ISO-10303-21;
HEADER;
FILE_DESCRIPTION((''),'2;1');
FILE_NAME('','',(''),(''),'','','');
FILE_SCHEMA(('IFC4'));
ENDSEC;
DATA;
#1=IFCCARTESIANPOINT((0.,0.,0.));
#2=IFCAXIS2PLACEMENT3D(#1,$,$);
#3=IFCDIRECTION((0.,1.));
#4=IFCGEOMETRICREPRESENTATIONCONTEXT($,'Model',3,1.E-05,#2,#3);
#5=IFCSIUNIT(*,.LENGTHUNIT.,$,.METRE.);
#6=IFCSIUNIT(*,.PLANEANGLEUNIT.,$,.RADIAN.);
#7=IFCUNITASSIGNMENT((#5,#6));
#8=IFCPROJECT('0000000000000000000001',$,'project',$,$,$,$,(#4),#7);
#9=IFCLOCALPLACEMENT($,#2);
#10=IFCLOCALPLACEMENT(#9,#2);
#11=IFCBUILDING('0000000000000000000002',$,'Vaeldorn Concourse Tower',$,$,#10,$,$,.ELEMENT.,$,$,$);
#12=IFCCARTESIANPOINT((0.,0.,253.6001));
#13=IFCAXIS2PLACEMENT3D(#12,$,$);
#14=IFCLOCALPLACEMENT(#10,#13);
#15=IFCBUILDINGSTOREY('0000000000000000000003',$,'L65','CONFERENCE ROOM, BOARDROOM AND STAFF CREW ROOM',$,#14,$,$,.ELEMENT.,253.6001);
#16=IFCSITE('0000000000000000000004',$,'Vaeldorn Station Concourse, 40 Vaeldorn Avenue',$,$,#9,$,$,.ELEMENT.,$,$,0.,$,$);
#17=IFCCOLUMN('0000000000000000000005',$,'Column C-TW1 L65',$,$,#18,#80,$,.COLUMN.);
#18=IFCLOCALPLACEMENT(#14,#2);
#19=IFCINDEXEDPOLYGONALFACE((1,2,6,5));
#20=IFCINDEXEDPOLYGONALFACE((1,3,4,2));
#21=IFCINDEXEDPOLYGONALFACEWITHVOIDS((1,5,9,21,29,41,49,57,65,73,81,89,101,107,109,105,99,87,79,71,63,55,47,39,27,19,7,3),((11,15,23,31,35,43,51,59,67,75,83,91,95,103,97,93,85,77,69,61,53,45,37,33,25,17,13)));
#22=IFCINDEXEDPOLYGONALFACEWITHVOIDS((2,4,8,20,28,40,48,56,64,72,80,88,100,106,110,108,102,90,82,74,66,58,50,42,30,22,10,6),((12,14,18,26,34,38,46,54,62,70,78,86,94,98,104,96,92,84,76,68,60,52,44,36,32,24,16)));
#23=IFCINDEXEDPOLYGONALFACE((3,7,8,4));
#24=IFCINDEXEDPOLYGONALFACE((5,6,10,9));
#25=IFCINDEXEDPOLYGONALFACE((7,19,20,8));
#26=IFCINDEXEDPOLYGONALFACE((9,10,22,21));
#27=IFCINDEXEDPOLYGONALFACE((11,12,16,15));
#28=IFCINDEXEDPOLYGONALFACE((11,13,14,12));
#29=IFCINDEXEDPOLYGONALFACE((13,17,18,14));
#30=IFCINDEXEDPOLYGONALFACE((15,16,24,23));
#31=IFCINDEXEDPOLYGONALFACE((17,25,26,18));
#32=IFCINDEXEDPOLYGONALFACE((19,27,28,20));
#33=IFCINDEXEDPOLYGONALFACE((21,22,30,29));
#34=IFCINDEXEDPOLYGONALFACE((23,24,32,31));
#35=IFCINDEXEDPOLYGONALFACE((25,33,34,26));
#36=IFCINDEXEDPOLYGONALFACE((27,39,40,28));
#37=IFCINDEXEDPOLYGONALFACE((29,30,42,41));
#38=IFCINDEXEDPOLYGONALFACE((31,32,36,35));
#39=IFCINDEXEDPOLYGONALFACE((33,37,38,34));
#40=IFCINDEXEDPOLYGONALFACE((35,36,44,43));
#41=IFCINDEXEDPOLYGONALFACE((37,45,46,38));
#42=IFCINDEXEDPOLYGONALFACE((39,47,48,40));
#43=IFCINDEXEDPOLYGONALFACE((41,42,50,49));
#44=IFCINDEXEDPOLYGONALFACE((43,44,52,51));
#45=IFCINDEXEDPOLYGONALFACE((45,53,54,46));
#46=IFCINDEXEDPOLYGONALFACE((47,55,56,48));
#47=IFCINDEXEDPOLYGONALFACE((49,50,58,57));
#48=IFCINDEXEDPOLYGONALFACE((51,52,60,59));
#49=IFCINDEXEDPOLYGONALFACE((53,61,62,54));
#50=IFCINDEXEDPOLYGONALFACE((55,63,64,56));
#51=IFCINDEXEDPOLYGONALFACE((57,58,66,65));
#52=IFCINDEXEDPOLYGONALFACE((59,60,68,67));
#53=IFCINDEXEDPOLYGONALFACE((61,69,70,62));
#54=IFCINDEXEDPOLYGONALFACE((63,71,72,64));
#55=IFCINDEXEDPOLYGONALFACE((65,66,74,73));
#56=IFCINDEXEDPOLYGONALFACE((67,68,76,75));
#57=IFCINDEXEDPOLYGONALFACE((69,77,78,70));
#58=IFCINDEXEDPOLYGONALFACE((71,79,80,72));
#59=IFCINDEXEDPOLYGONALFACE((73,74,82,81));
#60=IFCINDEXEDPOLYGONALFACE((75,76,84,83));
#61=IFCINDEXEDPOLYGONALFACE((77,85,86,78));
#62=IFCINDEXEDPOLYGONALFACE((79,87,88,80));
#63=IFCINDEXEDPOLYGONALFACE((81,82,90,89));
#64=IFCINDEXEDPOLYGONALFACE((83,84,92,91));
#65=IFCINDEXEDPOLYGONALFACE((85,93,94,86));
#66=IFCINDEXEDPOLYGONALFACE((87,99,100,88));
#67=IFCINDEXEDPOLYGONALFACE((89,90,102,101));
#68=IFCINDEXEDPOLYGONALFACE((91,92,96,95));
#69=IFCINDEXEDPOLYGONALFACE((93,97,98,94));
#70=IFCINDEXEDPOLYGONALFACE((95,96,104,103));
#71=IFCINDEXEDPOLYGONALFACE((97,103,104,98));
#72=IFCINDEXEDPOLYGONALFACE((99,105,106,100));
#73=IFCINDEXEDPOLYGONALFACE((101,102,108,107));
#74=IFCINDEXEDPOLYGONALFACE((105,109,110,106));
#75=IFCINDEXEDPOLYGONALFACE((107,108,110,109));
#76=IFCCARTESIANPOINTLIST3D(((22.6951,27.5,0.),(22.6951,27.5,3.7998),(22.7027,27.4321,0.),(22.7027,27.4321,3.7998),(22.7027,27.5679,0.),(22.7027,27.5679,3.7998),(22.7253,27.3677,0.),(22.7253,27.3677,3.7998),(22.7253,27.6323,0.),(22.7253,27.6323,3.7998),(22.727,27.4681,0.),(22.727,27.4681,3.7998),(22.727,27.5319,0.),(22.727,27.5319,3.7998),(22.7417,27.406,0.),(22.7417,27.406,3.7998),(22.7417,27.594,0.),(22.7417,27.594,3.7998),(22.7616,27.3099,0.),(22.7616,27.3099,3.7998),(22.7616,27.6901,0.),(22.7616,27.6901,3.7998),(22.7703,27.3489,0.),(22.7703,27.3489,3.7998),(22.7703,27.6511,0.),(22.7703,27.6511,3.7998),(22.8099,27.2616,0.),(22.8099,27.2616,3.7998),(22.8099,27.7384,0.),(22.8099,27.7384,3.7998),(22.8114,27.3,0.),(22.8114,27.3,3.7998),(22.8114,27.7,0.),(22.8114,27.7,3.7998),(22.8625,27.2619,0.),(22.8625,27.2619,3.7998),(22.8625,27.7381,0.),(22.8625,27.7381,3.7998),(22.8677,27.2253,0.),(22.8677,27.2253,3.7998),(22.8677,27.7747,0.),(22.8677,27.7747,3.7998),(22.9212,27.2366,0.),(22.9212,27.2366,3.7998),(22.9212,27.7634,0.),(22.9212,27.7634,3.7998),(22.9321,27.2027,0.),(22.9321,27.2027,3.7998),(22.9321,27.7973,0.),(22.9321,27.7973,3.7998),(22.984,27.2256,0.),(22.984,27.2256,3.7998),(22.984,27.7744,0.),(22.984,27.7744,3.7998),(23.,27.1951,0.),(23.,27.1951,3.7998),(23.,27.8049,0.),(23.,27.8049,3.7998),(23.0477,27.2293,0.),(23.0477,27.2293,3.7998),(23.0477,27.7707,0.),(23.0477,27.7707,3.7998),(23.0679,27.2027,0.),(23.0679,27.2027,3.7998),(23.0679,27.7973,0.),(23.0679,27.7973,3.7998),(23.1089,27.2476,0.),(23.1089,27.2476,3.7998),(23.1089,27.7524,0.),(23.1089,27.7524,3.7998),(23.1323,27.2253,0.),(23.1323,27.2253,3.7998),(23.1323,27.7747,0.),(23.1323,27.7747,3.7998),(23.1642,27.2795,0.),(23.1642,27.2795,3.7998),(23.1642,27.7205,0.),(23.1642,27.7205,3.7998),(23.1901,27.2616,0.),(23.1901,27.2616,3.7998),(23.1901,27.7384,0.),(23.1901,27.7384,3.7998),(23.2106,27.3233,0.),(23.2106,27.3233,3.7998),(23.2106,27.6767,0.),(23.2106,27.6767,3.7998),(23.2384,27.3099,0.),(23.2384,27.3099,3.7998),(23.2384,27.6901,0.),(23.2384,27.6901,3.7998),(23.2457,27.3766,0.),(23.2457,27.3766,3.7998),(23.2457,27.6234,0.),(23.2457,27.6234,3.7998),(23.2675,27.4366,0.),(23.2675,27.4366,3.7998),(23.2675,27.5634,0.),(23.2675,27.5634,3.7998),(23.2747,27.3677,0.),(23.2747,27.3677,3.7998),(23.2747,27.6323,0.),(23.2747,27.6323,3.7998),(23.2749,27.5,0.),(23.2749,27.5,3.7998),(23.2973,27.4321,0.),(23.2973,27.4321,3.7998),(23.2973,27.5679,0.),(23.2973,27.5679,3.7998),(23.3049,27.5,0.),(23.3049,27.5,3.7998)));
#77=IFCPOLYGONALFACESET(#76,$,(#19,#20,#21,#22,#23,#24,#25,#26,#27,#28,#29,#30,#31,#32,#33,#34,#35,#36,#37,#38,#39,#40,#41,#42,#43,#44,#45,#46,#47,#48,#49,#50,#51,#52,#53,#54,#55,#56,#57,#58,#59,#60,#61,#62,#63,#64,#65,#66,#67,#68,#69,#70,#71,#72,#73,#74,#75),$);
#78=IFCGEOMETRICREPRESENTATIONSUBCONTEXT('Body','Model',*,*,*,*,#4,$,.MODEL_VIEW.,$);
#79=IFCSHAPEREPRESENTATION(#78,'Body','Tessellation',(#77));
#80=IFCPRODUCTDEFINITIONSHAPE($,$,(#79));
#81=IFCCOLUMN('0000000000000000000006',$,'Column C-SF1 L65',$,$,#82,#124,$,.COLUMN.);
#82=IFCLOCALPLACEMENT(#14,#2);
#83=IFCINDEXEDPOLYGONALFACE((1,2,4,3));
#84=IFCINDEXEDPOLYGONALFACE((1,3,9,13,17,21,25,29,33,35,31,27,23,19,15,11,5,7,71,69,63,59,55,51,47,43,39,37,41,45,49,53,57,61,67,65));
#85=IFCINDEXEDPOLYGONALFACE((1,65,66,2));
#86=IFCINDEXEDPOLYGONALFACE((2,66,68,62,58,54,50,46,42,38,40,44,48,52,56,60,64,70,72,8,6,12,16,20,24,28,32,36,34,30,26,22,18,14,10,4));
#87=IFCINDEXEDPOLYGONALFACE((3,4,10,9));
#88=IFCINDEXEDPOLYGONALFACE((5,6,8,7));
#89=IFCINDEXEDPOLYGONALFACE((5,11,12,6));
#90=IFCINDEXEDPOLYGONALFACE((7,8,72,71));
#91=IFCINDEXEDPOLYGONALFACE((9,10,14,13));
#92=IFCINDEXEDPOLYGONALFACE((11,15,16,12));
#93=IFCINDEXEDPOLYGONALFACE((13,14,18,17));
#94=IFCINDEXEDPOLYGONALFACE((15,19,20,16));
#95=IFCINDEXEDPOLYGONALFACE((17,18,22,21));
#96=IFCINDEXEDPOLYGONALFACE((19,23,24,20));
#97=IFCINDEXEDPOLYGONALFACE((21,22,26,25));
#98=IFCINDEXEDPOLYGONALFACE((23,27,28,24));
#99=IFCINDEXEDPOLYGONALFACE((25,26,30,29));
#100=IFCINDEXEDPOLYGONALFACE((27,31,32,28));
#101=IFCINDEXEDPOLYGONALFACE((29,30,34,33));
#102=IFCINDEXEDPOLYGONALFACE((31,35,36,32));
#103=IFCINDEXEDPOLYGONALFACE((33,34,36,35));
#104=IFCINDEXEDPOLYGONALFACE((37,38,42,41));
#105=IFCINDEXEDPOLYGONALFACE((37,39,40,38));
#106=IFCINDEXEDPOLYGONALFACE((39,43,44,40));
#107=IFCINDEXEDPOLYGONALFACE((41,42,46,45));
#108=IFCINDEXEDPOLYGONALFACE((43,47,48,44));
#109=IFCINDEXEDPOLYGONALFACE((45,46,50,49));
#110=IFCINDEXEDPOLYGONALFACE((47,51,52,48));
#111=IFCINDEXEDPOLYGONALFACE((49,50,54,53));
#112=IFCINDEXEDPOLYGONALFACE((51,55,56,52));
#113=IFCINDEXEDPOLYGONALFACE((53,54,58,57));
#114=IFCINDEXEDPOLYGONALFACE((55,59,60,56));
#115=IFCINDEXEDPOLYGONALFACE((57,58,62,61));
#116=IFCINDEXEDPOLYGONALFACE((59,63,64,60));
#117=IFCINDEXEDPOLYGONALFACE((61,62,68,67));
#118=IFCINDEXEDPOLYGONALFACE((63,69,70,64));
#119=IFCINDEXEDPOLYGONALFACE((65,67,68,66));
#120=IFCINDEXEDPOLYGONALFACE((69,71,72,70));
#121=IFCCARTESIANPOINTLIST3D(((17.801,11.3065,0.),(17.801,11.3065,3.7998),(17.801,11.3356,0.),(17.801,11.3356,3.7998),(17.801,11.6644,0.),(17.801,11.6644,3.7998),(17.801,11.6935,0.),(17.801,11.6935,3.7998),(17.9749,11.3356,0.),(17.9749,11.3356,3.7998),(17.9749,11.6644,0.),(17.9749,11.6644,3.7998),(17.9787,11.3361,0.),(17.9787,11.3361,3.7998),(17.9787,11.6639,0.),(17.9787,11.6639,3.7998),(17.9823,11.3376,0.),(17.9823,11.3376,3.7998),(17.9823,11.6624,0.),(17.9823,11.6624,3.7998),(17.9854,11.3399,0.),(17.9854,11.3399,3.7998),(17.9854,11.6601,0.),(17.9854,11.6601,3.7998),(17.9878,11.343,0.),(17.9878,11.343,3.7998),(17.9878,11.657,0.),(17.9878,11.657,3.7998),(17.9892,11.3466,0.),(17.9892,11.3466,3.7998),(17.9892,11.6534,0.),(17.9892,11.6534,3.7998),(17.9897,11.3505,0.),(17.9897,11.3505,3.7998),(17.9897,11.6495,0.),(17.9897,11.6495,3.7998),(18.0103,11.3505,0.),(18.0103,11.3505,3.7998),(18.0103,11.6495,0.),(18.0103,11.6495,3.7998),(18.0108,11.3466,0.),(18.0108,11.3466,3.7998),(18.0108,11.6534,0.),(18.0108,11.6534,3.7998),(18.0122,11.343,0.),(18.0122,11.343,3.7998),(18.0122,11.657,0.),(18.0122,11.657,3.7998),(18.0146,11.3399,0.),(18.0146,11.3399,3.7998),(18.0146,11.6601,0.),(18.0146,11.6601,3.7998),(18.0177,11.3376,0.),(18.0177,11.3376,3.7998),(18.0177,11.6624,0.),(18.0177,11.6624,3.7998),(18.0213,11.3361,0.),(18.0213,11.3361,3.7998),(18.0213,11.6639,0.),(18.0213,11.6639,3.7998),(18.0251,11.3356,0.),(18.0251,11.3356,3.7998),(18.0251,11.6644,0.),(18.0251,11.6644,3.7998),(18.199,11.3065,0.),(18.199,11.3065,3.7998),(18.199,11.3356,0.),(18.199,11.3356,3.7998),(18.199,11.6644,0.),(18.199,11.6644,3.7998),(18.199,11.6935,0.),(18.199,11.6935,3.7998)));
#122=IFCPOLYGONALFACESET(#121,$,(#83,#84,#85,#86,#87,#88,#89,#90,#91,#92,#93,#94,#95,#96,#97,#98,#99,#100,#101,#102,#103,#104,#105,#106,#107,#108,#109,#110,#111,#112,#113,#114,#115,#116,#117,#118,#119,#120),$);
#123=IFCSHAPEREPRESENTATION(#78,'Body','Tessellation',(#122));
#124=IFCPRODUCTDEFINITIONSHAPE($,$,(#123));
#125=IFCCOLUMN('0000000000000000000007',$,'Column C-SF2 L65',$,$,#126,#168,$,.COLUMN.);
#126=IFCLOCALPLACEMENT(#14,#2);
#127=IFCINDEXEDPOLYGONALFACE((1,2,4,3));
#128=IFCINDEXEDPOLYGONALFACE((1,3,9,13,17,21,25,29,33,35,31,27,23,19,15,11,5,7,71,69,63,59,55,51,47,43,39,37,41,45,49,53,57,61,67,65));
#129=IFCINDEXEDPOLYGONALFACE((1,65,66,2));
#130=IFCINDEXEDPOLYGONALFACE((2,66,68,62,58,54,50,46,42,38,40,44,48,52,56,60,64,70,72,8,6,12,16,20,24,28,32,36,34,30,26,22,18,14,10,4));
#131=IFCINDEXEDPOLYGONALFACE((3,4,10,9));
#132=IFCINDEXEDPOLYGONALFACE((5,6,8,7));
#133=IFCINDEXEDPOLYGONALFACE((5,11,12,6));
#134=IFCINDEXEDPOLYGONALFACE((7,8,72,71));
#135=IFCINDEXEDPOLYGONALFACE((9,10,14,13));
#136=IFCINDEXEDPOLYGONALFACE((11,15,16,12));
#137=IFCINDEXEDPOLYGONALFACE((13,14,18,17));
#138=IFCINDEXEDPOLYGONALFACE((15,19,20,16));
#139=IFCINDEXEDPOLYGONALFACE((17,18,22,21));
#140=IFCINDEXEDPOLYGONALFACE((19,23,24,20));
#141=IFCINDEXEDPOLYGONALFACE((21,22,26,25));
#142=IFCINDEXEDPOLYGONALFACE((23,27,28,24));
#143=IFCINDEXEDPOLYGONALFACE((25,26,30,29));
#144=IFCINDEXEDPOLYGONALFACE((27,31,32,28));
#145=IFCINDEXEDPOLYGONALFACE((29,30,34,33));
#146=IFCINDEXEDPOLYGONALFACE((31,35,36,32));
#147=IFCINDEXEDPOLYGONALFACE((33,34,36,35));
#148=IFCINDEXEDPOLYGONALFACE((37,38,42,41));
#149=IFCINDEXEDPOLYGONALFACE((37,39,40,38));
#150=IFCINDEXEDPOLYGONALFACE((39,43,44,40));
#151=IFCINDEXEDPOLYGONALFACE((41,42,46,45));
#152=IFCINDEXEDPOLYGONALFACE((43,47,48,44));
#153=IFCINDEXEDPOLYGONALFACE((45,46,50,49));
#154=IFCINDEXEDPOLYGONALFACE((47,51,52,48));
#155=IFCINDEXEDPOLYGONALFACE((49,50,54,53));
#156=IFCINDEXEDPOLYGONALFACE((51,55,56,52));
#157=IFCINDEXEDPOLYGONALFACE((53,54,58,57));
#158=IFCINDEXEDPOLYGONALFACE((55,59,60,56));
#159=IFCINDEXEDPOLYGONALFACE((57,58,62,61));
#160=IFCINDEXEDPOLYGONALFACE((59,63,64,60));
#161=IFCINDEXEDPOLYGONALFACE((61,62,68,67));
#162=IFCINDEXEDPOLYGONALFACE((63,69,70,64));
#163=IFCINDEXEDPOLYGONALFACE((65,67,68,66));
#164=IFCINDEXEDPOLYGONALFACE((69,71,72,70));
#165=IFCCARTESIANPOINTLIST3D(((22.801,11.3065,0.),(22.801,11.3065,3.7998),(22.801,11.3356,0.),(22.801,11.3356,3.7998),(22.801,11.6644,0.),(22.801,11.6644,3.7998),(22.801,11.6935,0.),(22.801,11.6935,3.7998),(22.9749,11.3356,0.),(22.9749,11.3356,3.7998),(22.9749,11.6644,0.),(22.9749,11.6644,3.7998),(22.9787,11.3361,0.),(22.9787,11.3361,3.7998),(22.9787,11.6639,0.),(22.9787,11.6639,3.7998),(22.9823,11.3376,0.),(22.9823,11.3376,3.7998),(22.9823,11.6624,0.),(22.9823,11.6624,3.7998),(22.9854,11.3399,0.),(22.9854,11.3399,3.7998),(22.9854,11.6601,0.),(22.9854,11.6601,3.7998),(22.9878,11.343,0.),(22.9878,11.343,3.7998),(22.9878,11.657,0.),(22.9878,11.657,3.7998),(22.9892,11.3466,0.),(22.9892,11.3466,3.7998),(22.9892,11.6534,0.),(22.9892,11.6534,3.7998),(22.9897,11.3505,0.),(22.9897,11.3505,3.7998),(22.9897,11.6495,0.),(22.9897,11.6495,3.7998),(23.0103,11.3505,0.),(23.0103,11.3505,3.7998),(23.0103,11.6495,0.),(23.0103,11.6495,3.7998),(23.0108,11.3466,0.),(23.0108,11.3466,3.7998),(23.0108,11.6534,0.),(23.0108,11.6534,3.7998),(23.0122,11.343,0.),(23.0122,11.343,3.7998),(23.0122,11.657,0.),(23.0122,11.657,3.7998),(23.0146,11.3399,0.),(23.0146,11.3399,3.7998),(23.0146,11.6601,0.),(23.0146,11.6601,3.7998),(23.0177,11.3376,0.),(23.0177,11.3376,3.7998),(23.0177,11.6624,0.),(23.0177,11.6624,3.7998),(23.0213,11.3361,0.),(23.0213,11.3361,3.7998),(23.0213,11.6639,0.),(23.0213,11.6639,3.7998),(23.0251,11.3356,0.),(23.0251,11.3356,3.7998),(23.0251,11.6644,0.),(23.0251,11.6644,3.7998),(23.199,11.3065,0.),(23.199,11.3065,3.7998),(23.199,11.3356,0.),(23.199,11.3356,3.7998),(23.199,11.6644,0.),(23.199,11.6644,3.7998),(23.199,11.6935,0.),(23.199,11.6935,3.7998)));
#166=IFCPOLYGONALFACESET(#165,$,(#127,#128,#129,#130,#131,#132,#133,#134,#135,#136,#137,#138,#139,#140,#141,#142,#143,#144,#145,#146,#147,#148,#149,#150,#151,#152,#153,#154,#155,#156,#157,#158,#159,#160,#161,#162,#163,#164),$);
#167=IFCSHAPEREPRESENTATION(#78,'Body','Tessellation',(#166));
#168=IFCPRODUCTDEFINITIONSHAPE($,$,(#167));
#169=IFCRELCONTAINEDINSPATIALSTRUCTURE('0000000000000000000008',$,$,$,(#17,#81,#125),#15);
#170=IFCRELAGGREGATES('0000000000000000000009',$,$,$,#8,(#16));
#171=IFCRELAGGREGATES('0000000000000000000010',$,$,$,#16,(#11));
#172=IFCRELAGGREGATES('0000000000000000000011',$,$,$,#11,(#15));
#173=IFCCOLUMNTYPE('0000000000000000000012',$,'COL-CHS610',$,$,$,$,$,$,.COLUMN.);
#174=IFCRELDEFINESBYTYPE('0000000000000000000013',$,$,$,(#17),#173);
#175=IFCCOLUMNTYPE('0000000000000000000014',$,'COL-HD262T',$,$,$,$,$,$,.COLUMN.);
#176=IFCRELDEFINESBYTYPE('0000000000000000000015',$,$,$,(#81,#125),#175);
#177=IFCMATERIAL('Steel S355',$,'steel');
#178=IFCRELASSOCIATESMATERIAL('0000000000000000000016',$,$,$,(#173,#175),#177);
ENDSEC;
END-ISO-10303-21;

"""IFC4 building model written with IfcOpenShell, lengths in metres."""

from ifc_helpers import new_model, si_unit, direction, frame, origin, origin_2d, place, context, subcontext, project, spatial, hollow_circle, i_section, extrude, source, transform, mapped, material, material_profile, profile_set, type_object, element, save


model = new_model("IFC4")

# Units and contexts
model_context = context("Model", 3, precision=1e-05, world=origin(), true_north=direction((0.0, 1.0)))
body_context = subcontext(model_context, "Body", "Model", "MODEL_VIEW")
ifc_project = project(units=[si_unit("LENGTHUNIT", "METRE"), si_unit("PLANEANGLEUNIT", "RADIAN")], contexts=[model_context])

# Site, building, storey
site_placement = place(None, origin())
site = spatial("IfcSite", under=ifc_project, at=site_placement, Name="Vaeldorn Station Concourse, 40 Vaeldorn Avenue", CompositionType="ELEMENT", RefElevation=0.0)
building_placement = place(site_placement, origin())
building = spatial("IfcBuilding", under=site, at=building_placement, Name="Vaeldorn Concourse Tower", CompositionType="ELEMENT")
storey_placement = place(building_placement, frame((0.0, 0.0, 253.6001)))
storey = spatial("IfcBuildingStorey", under=building, at=storey_placement, Name="L65", Description="CONFERENCE ROOM, BOARDROOM AND STAFF CREW ROOM", CompositionType="ELEMENT", Elevation=253.6001)

# Columns
ifc_material_1 = material(Name="Steel S355", Category="steel")
ifc_material_profile_1 = material_profile(ifc_material_1, hollow_circle(Radius=0.3049, WallThickness=0.03, at=origin_2d()), Name="CHS 610x30")
ifc_profile_set_1 = profile_set([ifc_material_profile_1], Name="Steel S355")
column_type_1 = type_object("IfcColumnType", Name="COL-CHS610", PredefinedType="COLUMN", material=ifc_profile_set_1)
shared_shape_1 = source(origin(), body_context, "Body", "SweptSolid", [
    extrude(hollow_circle(Radius=0.3049, WallThickness=0.03, at=origin_2d()), origin(), (0.0, 0.0, 1.0), 3.7998),
])
column_placement = place(storey_placement, frame((23.0, 27.5, 0.0), z_axis=(0.0, 0.0, 1.0), x_axis=(1.0, 0.0, 0.0)))
element("IfcColumn", 1, at=column_placement, inside=storey, type_object=column_type_1, Name="Column C-TW1 L65", PredefinedType="COLUMN", context=body_context, shape_type="MappedRepresentation", body=[
    mapped(shared_shape_1, transform((0.0, 0.0, 0.0), scale=1.0)),
])
ifc_material_profile_2 = material_profile(ifc_material_1, i_section(OverallWidth=0.3979, OverallDepth=0.387, WebThickness=0.0205, FlangeThickness=0.0291, FilletRadius=0.0149, at=origin_2d()), Name="HD 400x262")
ifc_profile_set_2 = profile_set([ifc_material_profile_2], Name="Steel S355")
column_type_2 = type_object("IfcColumnType", Name="COL-HD262T", PredefinedType="COLUMN", material=ifc_profile_set_2)
shared_shape_2 = source(origin(), body_context, "Body", "SweptSolid", [
    extrude(i_section(OverallWidth=0.3979, OverallDepth=0.387, WebThickness=0.0205, FlangeThickness=0.0291, FilletRadius=0.0149, at=origin_2d()), origin(), (0.0, 0.0, 1.0), 3.7998),
])
for number, where, z_axis, x_axis, name in (
    (2, (18.0, 11.5, 0.0), (0.0, 0.0, 1.0), (1.0, 0.0, 0.0), "Column C-SF1 L65"),
    (3, (23.0, 11.5, 0.0), (0.0, 0.0, 1.0), (1.0, 0.0, 0.0), "Column C-SF2 L65"),
):
    element("IfcColumn", number, at=place(storey_placement, frame(where, z_axis=z_axis, x_axis=x_axis)), inside=storey, type_object=column_type_2, Name=name, PredefinedType="COLUMN", context=body_context, shape_type="MappedRepresentation", body=[
        mapped(shared_shape_2, transform((0.0, 0.0, 0.0), scale=1.0)),
    ])

save(model, "model.ifc")
